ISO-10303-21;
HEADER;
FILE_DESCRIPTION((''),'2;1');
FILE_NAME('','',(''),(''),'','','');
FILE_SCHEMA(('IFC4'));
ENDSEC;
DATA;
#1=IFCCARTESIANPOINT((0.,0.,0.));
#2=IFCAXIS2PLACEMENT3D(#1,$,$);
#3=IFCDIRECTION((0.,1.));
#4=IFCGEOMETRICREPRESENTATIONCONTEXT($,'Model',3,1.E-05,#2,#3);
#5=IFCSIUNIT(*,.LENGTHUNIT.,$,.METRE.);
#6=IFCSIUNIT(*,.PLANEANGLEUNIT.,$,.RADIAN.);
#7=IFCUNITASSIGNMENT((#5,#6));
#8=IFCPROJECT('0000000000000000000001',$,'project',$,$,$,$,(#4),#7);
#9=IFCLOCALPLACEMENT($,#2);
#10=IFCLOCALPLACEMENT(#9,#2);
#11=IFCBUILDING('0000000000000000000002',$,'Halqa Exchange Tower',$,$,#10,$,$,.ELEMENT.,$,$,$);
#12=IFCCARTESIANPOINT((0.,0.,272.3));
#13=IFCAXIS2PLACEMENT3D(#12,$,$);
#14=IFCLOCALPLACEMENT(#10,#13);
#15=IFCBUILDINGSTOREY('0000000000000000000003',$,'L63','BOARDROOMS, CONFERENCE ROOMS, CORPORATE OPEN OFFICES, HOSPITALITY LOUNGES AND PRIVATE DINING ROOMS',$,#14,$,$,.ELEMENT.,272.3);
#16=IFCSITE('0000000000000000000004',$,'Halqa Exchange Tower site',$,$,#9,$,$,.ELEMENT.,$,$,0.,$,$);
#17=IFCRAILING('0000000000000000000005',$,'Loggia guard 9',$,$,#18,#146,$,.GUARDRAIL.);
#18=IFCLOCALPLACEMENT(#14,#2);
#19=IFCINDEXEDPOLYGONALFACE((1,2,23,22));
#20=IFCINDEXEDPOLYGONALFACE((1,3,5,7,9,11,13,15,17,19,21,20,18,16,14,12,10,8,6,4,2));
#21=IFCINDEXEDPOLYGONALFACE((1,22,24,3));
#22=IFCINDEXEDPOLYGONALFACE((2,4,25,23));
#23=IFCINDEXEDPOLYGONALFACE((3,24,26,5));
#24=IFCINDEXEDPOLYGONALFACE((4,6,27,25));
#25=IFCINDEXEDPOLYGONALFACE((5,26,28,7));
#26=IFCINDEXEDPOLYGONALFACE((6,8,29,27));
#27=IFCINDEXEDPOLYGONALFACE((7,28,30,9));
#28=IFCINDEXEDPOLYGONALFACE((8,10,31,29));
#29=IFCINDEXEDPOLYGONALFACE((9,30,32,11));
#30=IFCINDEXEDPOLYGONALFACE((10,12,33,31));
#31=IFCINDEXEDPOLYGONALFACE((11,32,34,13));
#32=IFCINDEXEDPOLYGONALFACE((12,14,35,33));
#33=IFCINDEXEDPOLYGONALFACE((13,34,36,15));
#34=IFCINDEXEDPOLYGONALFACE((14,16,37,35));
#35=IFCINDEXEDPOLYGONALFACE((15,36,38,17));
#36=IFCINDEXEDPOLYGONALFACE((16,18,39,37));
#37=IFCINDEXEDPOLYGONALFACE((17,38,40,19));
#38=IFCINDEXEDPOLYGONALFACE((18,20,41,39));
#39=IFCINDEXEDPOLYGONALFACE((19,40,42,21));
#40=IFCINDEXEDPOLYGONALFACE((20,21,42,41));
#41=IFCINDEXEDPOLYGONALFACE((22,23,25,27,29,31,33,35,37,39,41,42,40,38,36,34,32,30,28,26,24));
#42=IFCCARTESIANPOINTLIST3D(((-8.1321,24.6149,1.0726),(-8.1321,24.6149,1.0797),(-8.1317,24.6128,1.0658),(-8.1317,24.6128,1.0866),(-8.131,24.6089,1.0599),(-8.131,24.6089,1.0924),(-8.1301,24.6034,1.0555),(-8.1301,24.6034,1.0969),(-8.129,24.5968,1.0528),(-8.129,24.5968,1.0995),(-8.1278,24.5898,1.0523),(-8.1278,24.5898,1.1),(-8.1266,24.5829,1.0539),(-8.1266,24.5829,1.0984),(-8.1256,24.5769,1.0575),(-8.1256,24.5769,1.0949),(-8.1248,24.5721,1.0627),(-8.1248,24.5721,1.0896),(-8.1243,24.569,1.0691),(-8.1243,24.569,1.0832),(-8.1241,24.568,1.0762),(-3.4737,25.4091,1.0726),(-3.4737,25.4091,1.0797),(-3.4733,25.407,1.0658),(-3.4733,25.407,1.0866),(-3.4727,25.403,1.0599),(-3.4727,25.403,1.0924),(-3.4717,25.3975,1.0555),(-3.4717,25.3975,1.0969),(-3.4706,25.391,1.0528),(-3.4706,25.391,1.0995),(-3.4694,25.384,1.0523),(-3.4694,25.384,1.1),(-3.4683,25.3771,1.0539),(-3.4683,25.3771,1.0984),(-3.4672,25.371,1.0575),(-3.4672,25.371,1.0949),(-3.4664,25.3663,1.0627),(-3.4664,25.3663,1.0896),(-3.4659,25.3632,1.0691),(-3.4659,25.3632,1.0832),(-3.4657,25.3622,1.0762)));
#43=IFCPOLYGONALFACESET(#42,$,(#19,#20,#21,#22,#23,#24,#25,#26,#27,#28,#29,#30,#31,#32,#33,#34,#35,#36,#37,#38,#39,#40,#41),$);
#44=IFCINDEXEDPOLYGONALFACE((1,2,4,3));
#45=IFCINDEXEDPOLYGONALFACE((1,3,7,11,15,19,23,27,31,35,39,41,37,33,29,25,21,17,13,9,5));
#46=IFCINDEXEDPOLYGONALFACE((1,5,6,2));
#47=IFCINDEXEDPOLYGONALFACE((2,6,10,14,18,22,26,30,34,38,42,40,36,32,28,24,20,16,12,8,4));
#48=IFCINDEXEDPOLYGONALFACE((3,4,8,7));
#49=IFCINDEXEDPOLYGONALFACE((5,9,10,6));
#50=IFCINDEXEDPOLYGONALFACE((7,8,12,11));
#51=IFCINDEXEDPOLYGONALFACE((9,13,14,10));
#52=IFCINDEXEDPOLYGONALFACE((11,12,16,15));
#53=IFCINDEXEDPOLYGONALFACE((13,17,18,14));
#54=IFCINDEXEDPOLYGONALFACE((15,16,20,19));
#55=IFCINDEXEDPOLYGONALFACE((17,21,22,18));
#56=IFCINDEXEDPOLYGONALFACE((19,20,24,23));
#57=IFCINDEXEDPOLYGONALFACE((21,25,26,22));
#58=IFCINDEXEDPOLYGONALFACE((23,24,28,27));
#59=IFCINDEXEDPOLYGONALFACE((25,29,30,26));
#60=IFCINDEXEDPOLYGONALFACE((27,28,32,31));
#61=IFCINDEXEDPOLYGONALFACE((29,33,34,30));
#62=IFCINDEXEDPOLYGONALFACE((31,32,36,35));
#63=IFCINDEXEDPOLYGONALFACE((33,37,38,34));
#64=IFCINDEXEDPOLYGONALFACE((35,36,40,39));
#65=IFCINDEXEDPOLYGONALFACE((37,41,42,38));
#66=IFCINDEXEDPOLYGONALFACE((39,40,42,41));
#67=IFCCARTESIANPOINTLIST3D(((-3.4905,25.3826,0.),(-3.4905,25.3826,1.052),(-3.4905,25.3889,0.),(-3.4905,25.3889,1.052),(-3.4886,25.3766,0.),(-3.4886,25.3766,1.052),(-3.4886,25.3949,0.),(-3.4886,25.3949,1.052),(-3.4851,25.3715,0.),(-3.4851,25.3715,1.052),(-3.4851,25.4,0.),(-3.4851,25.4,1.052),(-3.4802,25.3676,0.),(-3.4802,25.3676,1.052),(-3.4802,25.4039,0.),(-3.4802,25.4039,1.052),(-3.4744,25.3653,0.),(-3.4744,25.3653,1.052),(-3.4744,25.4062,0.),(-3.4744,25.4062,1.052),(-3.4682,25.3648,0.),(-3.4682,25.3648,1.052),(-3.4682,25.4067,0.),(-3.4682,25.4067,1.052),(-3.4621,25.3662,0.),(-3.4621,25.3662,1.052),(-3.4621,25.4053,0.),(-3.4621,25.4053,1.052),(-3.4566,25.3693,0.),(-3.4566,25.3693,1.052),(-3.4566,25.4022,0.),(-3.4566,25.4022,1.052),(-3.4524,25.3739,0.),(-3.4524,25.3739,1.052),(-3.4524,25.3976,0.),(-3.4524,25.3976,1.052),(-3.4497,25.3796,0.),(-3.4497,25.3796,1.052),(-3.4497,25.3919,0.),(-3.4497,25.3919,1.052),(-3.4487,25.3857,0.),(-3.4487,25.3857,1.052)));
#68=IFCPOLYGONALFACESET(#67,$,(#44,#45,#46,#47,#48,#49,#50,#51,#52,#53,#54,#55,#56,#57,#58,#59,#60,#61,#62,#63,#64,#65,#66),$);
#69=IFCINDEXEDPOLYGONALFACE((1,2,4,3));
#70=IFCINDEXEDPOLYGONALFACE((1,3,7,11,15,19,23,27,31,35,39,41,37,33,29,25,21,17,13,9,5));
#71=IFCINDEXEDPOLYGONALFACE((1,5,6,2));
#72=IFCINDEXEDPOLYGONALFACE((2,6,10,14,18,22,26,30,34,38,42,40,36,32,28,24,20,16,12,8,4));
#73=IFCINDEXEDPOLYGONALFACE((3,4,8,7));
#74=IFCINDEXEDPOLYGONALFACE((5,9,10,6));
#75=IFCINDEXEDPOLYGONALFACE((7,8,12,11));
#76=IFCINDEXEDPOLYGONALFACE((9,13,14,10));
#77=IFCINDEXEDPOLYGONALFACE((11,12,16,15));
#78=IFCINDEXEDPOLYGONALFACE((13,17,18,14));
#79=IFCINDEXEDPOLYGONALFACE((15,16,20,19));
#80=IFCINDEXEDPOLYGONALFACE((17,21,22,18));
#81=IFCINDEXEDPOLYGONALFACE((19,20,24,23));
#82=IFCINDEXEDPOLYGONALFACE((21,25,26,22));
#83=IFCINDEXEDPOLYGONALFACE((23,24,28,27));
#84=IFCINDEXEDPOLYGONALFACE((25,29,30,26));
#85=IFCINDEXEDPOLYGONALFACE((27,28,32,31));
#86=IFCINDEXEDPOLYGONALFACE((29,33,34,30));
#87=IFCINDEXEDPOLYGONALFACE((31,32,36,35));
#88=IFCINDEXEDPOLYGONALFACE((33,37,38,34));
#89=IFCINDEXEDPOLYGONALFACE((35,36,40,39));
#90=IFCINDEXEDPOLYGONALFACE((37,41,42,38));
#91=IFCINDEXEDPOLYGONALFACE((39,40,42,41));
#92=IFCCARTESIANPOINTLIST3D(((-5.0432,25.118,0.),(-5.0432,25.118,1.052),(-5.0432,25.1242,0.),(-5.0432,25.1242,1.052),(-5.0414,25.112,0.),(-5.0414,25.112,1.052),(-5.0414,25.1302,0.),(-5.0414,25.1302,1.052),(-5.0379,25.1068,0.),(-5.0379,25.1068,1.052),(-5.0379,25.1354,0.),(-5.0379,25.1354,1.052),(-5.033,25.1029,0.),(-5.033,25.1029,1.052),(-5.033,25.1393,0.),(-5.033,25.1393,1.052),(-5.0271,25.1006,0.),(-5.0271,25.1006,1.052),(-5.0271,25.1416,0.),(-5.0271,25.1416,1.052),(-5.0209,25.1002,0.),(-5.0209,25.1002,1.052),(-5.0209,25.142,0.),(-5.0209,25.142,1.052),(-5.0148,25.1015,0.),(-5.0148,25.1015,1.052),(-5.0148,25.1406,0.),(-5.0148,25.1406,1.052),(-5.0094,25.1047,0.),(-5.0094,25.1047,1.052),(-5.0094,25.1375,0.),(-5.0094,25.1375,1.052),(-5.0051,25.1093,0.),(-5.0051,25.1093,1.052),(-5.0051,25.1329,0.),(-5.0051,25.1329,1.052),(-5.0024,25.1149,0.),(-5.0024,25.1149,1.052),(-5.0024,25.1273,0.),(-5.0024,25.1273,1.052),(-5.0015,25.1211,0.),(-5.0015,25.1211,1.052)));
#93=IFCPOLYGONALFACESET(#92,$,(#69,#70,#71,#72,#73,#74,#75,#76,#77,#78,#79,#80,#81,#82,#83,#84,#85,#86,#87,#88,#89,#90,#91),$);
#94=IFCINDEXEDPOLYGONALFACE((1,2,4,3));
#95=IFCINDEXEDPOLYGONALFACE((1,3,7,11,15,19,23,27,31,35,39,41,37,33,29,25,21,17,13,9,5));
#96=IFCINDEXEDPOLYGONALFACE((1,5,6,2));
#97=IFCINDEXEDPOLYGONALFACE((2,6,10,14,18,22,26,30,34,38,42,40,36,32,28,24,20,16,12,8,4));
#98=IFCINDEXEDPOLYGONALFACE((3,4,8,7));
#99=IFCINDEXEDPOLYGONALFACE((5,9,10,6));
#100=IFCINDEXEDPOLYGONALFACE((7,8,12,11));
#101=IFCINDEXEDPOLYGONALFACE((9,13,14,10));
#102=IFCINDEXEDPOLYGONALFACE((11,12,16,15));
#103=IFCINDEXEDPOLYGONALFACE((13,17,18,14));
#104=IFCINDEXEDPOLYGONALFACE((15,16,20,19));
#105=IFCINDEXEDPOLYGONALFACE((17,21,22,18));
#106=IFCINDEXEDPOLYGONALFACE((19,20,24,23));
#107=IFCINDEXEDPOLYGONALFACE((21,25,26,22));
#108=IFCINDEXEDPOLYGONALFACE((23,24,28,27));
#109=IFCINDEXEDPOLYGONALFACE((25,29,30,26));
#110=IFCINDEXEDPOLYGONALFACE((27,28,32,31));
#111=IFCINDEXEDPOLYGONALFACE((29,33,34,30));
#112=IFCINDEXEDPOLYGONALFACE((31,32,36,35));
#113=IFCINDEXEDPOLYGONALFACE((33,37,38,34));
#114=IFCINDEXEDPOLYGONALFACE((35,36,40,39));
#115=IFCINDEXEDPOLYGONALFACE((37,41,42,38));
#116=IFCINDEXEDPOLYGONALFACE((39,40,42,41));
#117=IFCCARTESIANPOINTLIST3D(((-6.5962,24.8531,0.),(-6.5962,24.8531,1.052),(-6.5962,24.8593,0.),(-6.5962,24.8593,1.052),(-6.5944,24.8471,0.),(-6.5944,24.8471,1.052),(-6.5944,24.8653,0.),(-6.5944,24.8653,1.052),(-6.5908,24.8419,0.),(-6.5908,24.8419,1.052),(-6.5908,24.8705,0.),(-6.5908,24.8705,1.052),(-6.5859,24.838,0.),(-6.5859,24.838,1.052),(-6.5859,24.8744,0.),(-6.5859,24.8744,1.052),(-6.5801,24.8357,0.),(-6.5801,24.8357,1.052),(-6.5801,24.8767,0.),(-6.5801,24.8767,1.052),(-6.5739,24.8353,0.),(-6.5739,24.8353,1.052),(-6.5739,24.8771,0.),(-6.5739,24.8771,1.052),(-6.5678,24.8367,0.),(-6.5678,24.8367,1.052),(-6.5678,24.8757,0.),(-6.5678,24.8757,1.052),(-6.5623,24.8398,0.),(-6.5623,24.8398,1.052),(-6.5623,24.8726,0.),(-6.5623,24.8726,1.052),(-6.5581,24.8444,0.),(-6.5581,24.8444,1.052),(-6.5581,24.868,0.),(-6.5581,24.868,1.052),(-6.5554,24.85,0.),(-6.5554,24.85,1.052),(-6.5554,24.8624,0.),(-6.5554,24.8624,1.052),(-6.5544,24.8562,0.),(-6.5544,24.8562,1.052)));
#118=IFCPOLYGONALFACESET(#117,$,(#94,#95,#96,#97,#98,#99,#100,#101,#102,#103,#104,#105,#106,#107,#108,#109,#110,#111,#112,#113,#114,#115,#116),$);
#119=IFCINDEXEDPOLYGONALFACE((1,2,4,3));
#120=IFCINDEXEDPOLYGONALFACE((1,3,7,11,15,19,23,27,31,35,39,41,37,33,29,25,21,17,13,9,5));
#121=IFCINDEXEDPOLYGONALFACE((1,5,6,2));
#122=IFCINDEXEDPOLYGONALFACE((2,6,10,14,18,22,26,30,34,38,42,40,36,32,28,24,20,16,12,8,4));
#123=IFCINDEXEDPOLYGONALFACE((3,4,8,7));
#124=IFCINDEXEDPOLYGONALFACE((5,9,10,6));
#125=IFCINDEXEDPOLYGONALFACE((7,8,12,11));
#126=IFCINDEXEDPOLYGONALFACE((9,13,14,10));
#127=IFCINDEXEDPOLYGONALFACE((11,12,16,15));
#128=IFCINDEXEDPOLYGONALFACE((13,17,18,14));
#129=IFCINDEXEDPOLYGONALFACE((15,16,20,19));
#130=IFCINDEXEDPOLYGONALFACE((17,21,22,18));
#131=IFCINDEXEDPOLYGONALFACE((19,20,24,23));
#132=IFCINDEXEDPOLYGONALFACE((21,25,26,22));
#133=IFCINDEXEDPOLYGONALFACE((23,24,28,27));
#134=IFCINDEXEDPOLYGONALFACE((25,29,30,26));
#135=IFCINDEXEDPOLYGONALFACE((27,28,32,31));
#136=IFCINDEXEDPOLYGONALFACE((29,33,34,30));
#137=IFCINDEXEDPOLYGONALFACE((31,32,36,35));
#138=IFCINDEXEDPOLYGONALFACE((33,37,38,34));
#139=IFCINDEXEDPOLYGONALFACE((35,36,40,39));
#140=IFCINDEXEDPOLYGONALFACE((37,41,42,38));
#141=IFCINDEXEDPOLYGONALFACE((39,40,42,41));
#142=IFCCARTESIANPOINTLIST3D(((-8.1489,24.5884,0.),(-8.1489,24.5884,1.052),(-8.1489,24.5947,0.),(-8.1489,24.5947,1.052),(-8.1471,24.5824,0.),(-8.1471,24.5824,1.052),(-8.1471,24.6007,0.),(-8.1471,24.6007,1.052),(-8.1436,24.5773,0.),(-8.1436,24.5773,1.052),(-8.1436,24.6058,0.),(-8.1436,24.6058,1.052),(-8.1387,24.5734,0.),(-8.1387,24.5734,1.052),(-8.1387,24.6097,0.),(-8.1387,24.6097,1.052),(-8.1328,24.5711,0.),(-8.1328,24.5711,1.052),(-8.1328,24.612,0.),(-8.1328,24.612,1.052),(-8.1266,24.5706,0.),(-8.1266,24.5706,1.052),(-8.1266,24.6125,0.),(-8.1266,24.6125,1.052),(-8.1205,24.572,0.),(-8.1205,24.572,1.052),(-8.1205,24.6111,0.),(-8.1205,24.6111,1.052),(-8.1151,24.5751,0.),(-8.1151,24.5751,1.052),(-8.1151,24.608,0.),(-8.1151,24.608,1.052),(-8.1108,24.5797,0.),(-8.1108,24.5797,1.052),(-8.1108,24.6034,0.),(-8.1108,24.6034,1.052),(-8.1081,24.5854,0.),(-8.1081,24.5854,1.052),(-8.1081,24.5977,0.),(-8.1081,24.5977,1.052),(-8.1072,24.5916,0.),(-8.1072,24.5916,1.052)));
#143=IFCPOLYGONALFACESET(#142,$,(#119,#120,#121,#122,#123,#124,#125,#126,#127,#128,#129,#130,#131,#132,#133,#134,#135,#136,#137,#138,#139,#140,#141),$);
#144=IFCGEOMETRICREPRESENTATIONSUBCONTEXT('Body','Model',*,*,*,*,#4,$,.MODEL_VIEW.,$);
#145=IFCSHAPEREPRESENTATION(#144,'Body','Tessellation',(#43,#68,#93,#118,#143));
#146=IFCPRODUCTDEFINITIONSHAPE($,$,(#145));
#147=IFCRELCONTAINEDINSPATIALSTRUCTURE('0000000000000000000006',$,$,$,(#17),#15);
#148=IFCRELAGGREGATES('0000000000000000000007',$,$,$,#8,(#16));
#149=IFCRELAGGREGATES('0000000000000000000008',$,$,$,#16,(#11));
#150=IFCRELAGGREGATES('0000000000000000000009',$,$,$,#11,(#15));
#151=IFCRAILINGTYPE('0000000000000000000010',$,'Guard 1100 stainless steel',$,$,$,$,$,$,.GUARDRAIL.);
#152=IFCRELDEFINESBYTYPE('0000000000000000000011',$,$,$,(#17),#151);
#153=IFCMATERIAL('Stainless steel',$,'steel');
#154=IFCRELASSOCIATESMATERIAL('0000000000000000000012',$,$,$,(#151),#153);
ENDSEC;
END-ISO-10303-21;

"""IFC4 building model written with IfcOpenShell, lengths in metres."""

from ifc_helpers import new_model, si_unit, direction, frame, origin, origin_2d, place, context, subcontext, project, spatial, circle, extrude, material, type_object, element, save


model = new_model("IFC4")

# Units and contexts
model_context = context("Model", 3, precision=1e-05, world=origin(), true_north=direction((0.0, 1.0)))
body_context = subcontext(model_context, "Body", "Model", "MODEL_VIEW")
ifc_project = project(units=[si_unit("LENGTHUNIT", "METRE"), si_unit("PLANEANGLEUNIT", "RADIAN")], contexts=[model_context])

# Site, building, storey
site_placement = place(None, origin())
site = spatial("IfcSite", under=ifc_project, at=site_placement, Name="Halqa Exchange Tower site", CompositionType="ELEMENT", RefElevation=0.0)
building_placement = place(site_placement, origin())
building = spatial("IfcBuilding", under=site, at=building_placement, Name="Halqa Exchange Tower", CompositionType="ELEMENT")
storey_placement = place(building_placement, frame((0.0, 0.0, 272.3)))
storey = spatial("IfcBuildingStorey", under=building, at=storey_placement, Name="L63", Description="BOARDROOMS, CONFERENCE ROOMS, CORPORATE OPEN OFFICES, HOSPITALITY LOUNGES AND PRIVATE DINING ROOMS", CompositionType="ELEMENT", Elevation=272.3)

# Railing
ifc_material_1 = material(Name="Stainless steel", Category="steel")
railing_type_1 = type_object("IfcRailingType", Name="Guard 1100 stainless steel", PredefinedType="GUARDRAIL", material=ifc_material_1)
railing_1_placement = place(storey_placement, frame((-3.4697, 25.3857, 0.0)))
element("IfcRailing", 1, at=railing_1_placement, inside=storey, type_object=railing_type_1, Name="Loggia guard 9", PredefinedType="GUARDRAIL", context=body_context, shape_type="SweptSolid", body=[
    extrude(circle(Radius=0.0239, at=origin_2d()), frame((0.0, 0.0, 1.0762), z_axis=(-0.985777, -0.168059, 0.0), x_axis=(0.168059, -0.985777, 0.0)), (0.0, 0.0, 1.0), 4.7256),
    extrude(circle(Radius=0.021, at=origin_2d()), origin(), (0.0, 0.0, 1.0), 1.052),
    extrude(circle(Radius=0.021, at=origin_2d()), frame((-1.5527, -0.2646, 0.0)), (0.0, 0.0, 1.0), 1.052),
    extrude(circle(Radius=0.021, at=origin_2d()), frame((-3.1057, -0.5295, 0.0)), (0.0, 0.0, 1.0), 1.052),
    extrude(circle(Radius=0.021, at=origin_2d()), frame((-4.6584, -0.7942, 0.0)), (0.0, 0.0, 1.0), 1.052),
])

save(model, "model.ifc")
